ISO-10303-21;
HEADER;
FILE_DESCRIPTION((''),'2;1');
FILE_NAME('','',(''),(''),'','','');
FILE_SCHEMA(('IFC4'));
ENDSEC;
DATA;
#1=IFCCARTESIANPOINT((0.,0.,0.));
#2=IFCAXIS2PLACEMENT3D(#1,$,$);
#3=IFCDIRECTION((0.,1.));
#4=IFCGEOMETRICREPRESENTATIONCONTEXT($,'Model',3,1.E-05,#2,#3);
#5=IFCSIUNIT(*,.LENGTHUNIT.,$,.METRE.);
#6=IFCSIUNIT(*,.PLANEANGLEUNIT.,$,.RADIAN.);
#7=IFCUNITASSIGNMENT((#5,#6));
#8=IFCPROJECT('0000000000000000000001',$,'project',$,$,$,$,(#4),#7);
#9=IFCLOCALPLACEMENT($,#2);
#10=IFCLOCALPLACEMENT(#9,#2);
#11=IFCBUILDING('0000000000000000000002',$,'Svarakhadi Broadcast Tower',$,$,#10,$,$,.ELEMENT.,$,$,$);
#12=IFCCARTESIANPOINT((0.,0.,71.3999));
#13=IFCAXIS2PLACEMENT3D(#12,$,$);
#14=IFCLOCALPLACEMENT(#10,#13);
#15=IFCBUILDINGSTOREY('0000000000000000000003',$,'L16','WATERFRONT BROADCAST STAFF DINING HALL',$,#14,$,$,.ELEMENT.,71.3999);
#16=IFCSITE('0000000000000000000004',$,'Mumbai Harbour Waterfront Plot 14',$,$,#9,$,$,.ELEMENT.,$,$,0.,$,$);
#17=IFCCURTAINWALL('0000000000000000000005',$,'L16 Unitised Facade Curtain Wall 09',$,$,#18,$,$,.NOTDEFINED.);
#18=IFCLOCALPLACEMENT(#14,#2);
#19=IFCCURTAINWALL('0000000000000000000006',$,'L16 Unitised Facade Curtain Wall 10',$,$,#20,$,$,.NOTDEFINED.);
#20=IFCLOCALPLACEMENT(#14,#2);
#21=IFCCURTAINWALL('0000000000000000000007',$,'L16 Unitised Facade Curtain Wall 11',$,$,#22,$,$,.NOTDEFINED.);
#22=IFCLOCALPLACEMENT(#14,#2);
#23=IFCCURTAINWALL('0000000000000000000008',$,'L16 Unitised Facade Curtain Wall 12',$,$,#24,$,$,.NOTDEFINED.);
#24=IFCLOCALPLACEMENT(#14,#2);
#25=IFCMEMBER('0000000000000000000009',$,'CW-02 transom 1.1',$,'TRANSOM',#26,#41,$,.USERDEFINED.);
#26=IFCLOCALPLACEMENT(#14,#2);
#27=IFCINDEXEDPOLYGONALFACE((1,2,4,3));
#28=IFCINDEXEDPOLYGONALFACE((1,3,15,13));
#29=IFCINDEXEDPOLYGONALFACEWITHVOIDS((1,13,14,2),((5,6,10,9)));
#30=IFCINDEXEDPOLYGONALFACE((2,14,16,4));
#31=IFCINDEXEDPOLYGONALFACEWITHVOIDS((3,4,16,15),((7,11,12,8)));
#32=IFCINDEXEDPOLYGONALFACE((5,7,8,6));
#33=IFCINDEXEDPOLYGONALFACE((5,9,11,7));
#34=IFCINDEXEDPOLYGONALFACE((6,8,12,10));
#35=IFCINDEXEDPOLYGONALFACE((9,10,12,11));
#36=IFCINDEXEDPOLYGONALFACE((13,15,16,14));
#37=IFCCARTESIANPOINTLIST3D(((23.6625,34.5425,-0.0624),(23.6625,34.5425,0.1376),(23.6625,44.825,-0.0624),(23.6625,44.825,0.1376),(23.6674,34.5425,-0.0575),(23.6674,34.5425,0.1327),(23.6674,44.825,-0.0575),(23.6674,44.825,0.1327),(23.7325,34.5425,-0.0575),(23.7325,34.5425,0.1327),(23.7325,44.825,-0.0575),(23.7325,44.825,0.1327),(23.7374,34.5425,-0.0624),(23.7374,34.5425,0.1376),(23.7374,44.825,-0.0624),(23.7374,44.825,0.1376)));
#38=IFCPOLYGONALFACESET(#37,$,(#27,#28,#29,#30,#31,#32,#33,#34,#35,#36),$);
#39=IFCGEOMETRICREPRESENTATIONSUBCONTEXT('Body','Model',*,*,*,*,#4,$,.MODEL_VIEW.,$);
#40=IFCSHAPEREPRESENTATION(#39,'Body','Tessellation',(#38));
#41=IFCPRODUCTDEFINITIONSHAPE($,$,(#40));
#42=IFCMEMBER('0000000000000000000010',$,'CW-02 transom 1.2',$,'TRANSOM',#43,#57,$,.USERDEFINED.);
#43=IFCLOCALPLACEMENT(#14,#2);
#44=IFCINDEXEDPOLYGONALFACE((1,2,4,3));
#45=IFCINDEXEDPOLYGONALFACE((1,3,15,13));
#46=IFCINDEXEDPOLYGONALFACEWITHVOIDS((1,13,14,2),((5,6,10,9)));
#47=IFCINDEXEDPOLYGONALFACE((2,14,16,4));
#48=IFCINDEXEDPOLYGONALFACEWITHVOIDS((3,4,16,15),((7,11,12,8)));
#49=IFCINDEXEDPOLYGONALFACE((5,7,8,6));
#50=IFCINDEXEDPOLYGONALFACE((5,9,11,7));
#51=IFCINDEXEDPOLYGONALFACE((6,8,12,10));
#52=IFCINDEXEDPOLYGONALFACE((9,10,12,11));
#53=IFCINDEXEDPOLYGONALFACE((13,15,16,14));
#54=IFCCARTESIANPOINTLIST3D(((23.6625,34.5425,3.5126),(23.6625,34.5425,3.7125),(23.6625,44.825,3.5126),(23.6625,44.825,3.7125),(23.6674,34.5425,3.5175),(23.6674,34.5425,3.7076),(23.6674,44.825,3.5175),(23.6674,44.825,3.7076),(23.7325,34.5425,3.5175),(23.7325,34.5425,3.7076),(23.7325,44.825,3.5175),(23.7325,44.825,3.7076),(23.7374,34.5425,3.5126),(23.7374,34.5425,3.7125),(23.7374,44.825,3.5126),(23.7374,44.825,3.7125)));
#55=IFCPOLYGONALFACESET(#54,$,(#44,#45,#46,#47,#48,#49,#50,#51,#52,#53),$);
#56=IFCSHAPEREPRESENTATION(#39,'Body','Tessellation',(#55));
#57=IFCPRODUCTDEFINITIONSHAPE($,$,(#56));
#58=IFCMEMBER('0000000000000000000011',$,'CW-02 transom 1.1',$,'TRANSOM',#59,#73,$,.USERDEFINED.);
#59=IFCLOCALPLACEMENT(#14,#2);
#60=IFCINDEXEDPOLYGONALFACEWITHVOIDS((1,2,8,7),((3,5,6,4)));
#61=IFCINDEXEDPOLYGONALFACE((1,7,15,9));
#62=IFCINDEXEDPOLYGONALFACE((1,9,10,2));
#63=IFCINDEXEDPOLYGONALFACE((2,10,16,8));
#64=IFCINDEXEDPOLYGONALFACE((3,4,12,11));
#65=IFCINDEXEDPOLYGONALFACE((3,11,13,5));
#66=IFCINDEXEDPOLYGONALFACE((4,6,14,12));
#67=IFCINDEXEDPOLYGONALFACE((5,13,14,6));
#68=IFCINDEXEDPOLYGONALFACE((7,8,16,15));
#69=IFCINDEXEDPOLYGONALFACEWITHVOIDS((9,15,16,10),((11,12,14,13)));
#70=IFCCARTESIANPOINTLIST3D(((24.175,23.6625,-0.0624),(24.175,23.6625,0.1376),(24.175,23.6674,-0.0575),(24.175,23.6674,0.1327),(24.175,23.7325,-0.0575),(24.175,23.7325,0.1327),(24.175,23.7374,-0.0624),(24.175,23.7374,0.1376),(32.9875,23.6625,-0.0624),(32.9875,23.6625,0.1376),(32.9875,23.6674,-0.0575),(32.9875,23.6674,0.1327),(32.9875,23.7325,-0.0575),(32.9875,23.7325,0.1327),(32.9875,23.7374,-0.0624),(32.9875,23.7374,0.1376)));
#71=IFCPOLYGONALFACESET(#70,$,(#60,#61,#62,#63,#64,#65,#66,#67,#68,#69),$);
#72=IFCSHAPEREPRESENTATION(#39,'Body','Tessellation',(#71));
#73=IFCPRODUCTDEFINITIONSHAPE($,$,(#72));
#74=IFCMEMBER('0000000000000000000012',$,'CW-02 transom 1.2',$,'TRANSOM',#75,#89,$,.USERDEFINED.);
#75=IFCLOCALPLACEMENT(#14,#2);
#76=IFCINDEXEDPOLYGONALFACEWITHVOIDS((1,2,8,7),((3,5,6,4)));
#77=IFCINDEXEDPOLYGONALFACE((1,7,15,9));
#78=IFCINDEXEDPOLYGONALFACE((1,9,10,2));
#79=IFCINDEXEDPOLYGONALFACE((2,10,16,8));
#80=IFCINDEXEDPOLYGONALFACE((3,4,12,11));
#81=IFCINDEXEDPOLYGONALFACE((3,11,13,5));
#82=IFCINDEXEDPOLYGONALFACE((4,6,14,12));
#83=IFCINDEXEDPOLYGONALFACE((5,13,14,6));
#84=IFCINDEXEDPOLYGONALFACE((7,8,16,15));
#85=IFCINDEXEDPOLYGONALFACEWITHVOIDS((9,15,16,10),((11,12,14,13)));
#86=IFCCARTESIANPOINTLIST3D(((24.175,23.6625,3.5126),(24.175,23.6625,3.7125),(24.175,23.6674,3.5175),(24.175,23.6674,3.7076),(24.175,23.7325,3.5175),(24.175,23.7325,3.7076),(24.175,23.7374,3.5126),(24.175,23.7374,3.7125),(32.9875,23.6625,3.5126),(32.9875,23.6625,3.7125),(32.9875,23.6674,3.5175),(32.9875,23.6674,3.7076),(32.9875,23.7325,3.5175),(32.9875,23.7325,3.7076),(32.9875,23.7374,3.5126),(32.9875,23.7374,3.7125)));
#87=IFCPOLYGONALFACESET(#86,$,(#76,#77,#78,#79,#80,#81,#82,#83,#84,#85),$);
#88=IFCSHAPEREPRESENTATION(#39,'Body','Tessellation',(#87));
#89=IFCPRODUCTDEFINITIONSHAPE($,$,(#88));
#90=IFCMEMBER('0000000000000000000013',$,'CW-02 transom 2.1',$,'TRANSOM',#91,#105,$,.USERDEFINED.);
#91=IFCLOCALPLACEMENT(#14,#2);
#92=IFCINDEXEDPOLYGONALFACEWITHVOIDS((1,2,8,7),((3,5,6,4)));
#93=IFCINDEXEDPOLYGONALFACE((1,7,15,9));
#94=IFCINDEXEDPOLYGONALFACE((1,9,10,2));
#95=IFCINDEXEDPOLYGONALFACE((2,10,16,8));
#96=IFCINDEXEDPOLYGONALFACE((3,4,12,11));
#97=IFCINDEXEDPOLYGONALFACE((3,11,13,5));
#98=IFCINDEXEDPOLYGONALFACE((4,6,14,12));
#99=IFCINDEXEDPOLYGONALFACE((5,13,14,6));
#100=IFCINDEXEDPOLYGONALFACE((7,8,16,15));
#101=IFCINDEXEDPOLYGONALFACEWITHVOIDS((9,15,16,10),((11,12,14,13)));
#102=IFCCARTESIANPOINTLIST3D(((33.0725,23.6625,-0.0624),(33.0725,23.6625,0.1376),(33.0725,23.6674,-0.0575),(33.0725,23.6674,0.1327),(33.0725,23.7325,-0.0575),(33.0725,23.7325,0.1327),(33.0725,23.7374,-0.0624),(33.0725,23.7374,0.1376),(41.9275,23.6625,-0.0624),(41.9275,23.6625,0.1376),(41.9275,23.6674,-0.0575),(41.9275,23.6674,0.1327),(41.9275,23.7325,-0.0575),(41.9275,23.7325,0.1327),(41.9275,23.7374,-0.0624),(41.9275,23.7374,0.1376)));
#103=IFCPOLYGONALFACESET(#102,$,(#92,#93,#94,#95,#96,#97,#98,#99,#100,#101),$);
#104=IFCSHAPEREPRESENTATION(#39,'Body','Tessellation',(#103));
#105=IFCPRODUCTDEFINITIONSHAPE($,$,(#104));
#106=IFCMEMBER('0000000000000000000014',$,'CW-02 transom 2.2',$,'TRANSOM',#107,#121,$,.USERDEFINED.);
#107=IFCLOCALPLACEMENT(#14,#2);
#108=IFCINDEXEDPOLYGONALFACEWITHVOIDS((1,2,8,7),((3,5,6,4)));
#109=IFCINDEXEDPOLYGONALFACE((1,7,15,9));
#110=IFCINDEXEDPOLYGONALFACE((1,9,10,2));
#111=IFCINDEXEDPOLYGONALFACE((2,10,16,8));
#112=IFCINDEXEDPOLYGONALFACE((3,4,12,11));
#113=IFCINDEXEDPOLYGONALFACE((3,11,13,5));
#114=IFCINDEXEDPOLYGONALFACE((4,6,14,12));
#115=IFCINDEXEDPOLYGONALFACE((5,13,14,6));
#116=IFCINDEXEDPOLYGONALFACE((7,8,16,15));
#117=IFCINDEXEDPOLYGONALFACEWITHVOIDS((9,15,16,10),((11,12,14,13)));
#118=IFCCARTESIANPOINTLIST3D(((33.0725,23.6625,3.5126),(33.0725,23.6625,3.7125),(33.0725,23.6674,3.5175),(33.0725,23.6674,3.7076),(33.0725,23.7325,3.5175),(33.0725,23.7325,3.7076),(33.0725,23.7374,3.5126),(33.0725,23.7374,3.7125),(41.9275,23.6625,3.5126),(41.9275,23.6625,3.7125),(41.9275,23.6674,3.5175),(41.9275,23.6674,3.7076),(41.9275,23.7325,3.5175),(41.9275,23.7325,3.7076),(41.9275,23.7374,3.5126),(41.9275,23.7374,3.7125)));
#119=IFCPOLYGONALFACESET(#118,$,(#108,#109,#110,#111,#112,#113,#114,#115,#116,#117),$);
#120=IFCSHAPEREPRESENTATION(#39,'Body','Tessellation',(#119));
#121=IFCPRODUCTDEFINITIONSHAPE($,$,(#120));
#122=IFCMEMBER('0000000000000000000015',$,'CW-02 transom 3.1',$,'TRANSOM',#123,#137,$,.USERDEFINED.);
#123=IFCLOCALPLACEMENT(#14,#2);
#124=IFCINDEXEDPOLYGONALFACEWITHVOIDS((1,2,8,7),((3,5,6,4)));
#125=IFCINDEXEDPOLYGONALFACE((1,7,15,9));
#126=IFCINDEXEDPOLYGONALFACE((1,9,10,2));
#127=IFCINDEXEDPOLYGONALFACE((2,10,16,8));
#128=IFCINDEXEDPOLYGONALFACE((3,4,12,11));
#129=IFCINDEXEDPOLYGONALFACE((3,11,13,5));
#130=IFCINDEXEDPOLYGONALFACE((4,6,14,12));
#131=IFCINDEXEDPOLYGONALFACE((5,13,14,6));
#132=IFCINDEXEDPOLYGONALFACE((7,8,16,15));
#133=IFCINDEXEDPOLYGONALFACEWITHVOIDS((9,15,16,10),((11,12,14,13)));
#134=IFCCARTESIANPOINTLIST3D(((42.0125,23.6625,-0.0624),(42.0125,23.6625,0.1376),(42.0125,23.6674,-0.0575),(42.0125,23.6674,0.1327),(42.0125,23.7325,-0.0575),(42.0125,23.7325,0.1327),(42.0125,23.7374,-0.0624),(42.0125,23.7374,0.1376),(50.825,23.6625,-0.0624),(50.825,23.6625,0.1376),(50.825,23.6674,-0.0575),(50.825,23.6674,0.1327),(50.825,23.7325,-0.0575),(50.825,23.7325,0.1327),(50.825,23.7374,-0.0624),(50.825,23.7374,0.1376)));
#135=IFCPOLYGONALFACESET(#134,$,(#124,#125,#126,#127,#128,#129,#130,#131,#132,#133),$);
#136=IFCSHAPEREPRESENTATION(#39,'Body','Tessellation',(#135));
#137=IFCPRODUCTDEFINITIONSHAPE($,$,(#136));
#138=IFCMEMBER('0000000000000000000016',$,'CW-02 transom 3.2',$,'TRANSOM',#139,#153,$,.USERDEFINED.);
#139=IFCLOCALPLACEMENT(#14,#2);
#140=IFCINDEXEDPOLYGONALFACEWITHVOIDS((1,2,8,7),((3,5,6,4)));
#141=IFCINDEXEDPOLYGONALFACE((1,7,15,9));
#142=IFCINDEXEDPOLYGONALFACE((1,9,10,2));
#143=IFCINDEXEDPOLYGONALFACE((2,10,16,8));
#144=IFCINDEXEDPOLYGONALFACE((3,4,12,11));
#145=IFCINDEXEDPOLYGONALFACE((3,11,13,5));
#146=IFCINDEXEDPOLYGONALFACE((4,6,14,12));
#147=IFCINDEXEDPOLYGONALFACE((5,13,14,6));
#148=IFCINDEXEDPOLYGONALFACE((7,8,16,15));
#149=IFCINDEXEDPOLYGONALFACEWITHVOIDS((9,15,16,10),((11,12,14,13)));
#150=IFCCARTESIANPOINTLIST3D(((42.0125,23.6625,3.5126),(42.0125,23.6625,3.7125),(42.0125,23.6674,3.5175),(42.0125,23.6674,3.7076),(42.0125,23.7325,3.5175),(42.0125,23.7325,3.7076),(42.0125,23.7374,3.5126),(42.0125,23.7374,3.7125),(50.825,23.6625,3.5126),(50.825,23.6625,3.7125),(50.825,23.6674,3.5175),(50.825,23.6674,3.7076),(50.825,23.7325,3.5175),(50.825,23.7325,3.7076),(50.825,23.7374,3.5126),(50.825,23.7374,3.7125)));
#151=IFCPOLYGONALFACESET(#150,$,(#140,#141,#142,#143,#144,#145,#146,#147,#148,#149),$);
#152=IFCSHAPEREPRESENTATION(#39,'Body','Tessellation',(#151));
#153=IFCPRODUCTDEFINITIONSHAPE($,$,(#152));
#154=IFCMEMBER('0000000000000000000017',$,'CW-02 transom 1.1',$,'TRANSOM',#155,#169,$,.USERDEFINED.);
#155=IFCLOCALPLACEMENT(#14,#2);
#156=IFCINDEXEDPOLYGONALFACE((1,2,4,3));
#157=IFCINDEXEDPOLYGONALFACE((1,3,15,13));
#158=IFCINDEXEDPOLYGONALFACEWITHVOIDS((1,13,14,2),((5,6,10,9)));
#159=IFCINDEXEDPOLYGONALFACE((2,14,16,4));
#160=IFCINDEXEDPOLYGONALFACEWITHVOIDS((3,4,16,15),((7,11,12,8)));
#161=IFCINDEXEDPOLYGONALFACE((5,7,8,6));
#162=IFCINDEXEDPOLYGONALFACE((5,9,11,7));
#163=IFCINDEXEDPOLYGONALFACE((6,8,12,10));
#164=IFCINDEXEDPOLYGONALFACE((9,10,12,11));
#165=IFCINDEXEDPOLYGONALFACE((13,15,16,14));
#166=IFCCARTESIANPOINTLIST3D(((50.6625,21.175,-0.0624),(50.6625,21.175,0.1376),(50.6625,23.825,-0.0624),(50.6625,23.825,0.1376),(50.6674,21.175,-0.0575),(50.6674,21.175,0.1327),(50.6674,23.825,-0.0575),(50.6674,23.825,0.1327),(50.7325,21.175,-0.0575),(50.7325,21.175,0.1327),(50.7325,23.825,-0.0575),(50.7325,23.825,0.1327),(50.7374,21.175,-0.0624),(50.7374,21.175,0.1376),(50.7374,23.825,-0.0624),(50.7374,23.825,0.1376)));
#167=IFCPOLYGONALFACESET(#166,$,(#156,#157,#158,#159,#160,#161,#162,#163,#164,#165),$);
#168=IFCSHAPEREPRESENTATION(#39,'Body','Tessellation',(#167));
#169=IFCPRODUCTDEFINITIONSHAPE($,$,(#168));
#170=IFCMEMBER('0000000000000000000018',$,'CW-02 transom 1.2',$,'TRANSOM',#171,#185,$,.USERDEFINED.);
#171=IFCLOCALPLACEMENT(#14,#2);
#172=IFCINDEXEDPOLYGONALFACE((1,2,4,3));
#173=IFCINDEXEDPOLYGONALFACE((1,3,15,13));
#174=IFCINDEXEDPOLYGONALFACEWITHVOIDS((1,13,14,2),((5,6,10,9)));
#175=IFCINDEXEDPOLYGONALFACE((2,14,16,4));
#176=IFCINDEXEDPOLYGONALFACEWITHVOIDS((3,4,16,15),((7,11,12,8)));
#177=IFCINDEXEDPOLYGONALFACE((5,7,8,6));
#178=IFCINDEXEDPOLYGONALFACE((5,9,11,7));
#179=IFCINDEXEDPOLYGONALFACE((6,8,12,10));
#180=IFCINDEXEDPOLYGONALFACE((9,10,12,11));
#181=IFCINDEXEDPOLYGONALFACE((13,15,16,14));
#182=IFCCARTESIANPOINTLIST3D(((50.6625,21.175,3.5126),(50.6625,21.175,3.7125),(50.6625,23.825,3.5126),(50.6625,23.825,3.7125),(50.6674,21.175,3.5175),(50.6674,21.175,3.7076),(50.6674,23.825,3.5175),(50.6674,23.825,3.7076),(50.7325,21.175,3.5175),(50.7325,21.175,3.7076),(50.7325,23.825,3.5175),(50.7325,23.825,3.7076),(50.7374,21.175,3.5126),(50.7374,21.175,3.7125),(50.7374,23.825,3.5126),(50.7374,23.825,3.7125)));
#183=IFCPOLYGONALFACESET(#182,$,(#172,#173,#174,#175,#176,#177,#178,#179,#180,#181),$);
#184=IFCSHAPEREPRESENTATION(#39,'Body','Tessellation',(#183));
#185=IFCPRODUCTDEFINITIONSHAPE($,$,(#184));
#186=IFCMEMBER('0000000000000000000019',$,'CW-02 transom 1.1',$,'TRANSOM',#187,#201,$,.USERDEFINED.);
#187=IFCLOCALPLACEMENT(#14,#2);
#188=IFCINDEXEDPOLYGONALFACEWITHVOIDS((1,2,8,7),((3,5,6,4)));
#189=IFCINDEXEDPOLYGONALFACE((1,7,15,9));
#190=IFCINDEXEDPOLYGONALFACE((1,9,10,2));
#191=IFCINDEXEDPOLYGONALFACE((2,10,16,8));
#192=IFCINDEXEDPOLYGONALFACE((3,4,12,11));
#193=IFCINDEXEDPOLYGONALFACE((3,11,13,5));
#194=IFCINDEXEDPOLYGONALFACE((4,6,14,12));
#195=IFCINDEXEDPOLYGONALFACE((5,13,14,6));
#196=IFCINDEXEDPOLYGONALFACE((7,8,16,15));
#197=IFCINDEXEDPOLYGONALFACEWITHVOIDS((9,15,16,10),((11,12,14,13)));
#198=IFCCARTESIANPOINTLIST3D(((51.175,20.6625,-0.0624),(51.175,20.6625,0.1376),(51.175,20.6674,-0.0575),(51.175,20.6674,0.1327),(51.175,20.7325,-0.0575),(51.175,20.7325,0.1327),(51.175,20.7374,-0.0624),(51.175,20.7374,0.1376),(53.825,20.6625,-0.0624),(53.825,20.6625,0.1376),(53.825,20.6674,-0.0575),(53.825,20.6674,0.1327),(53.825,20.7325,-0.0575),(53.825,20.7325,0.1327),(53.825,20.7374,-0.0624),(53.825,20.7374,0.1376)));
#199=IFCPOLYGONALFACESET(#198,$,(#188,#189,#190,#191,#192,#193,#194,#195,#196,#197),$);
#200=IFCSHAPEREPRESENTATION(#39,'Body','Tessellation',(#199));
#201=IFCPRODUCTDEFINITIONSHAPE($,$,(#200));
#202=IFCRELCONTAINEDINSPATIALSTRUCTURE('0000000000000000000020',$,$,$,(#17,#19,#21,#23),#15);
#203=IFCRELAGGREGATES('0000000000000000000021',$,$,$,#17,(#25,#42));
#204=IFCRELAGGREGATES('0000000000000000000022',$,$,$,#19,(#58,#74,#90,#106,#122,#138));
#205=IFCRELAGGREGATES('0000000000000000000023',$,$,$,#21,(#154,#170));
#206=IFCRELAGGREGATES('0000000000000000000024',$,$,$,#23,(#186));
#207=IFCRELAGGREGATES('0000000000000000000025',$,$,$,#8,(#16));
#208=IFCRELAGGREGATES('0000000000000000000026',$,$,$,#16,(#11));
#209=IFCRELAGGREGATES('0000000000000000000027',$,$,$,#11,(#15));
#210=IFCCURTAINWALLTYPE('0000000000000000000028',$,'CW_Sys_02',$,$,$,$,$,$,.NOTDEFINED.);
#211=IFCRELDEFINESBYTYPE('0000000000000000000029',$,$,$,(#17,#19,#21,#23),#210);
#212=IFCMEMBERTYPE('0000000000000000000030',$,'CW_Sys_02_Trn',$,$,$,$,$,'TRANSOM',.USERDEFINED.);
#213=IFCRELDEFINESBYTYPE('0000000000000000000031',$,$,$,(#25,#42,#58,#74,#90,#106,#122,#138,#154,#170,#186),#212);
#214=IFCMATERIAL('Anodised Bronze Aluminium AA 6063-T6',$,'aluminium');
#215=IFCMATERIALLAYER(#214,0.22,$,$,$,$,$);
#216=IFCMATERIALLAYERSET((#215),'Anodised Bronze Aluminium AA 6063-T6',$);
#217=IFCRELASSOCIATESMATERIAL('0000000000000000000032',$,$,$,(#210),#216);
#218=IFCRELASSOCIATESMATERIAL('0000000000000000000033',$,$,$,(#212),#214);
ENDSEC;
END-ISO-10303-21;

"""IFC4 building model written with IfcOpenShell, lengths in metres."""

from ifc_helpers import new_model, si_unit, direction, frame, origin, origin_2d, place, context, subcontext, project, spatial, hollow_rectangle, extrude, material, layer, layer_set, material_profile, profile_set, type_object, element, aggregate, save


model = new_model("IFC4")

# Units and contexts
model_context = context("Model", 3, precision=1e-05, world=origin(), true_north=direction((0.0, 1.0)))
body_context = subcontext(model_context, "Body", "Model", "MODEL_VIEW")
ifc_project = project(units=[si_unit("LENGTHUNIT", "METRE"), si_unit("PLANEANGLEUNIT", "RADIAN")], contexts=[model_context])

# Site, building, storey
site_placement = place(None, origin())
site = spatial("IfcSite", under=ifc_project, at=site_placement, Name="Mumbai Harbour Waterfront Plot 14", CompositionType="ELEMENT", RefElevation=0.0)
building_placement = place(site_placement, origin())
building = spatial("IfcBuilding", under=site, at=building_placement, Name="Svarakhadi Broadcast Tower", CompositionType="ELEMENT")
storey_placement = place(building_placement, frame((0.0, 0.0, 71.3999)))
storey = spatial("IfcBuildingStorey", under=building, at=storey_placement, Name="L16", Description="WATERFRONT BROADCAST STAFF DINING HALL", CompositionType="ELEMENT", Elevation=71.3999)

# Curtain wall
ifc_material_1 = material(Name="Anodised Bronze Aluminium AA 6063-T6", Category="aluminium")
ifc_layer_1 = layer(ifc_material_1, 0.22)
ifc_layer_set_1 = layer_set([ifc_layer_1], Name="Anodised Bronze Aluminium AA 6063-T6")
curtain_wall_type = type_object("IfcCurtainWallType", Name="CW_Sys_02", PredefinedType="NOTDEFINED", material=ifc_layer_set_1)
curtain_wall_1_placement = place(storey_placement, origin())
curtain_wall_1 = element("IfcCurtainWall", 1, at=curtain_wall_1_placement, inside=storey, type_object=curtain_wall_type, Name="L16 Unitised Facade Curtain Wall 09", PredefinedType="NOTDEFINED")

# Curtain walls
curtain_wall_2_placement = place(storey_placement, origin())
curtain_wall_2 = element("IfcCurtainWall", 2, at=curtain_wall_2_placement, inside=storey, type_object=curtain_wall_type, Name="L16 Unitised Facade Curtain Wall 10", PredefinedType="NOTDEFINED")
curtain_wall_3_placement = place(storey_placement, origin())
curtain_wall_3 = element("IfcCurtainWall", 3, at=curtain_wall_3_placement, inside=storey, type_object=curtain_wall_type, Name="L16 Unitised Facade Curtain Wall 11", PredefinedType="NOTDEFINED")
curtain_wall_4_placement = place(storey_placement, origin())
curtain_wall_4 = element("IfcCurtainWall", 4, at=curtain_wall_4_placement, inside=storey, type_object=curtain_wall_type, Name="L16 Unitised Facade Curtain Wall 12", PredefinedType="NOTDEFINED")

# Members
ifc_material_profile_1 = material_profile(ifc_material_1, hollow_rectangle(XDim=0.075, YDim=0.2, WallThickness=0.0049, at=origin_2d()), Name="ALU TRANSOM 200x75x5")
ifc_profile_set_1 = profile_set([ifc_material_profile_1], Name="Anodised Bronze Aluminium AA 6063-T6")
member_type_1 = type_object("IfcMemberType", Name="CW_Sys_02_Trn", ElementType="TRANSOM", PredefinedType="USERDEFINED", material=ifc_profile_set_1)
member_1_placement = place(storey_placement, frame((23.7, 44.825, 0.0376), z_axis=(0.0, -1.0, 0.0), x_axis=(1.0, 0.0, 0.0)))
member_1 = element("IfcMember", 5, at=member_1_placement, type_object=member_type_1, Name="CW-02 transom 1.1", ObjectType="TRANSOM", PredefinedType="USERDEFINED", context=body_context, shape_type="SweptSolid", body=[
    extrude(hollow_rectangle(XDim=0.075, YDim=0.2, WallThickness=0.0049, at=origin_2d()), origin(), (0.0, 0.0, 1.0), 10.2825),
])
member_2_placement = place(storey_placement, frame((23.7, 44.825, 3.6125), z_axis=(0.0, -1.0, 0.0), x_axis=(1.0, 0.0, 0.0)))
member_2 = element("IfcMember", 6, at=member_2_placement, type_object=member_type_1, Name="CW-02 transom 1.2", ObjectType="TRANSOM", PredefinedType="USERDEFINED", context=body_context, shape_type="SweptSolid", body=[
    extrude(hollow_rectangle(XDim=0.075, YDim=0.2, WallThickness=0.0049, at=origin_2d()), origin(), (0.0, 0.0, 1.0), 10.2825),
])
member_3_placement = place(storey_placement, frame((24.175, 23.7, 0.0376), z_axis=(1.0, 0.0, 0.0), x_axis=(0.0, 1.0, 0.0)))
member_3 = element("IfcMember", 7, at=member_3_placement, type_object=member_type_1, Name="CW-02 transom 1.1", ObjectType="TRANSOM", PredefinedType="USERDEFINED", context=body_context, shape_type="SweptSolid", body=[
    extrude(hollow_rectangle(XDim=0.075, YDim=0.2, WallThickness=0.0049, at=origin_2d()), origin(), (0.0, 0.0, 1.0), 8.8125),
])
member_4_placement = place(storey_placement, frame((24.175, 23.7, 3.6125), z_axis=(1.0, 0.0, 0.0), x_axis=(0.0, 1.0, 0.0)))
member_4 = element("IfcMember", 8, at=member_4_placement, type_object=member_type_1, Name="CW-02 transom 1.2", ObjectType="TRANSOM", PredefinedType="USERDEFINED", context=body_context, shape_type="SweptSolid", body=[
    extrude(hollow_rectangle(XDim=0.075, YDim=0.2, WallThickness=0.0049, at=origin_2d()), origin(), (0.0, 0.0, 1.0), 8.8125),
])
member_5_placement = place(storey_placement, frame((33.0725, 23.7, 0.0376), z_axis=(1.0, 0.0, 0.0), x_axis=(0.0, 1.0, 0.0)))
member_5 = element("IfcMember", 9, at=member_5_placement, type_object=member_type_1, Name="CW-02 transom 2.1", ObjectType="TRANSOM", PredefinedType="USERDEFINED", context=body_context, shape_type="SweptSolid", body=[
    extrude(hollow_rectangle(XDim=0.075, YDim=0.2, WallThickness=0.0049, at=origin_2d()), origin(), (0.0, 0.0, 1.0), 8.855),
])
member_6_placement = place(storey_placement, frame((33.0725, 23.7, 3.6125), z_axis=(1.0, 0.0, 0.0), x_axis=(0.0, 1.0, 0.0)))
member_6 = element("IfcMember", 10, at=member_6_placement, type_object=member_type_1, Name="CW-02 transom 2.2", ObjectType="TRANSOM", PredefinedType="USERDEFINED", context=body_context, shape_type="SweptSolid", body=[
    extrude(hollow_rectangle(XDim=0.075, YDim=0.2, WallThickness=0.0049, at=origin_2d()), origin(), (0.0, 0.0, 1.0), 8.855),
])
member_7_placement = place(storey_placement, frame((42.0125, 23.7, 0.0376), z_axis=(1.0, 0.0, 0.0), x_axis=(0.0, 1.0, 0.0)))
member_7 = element("IfcMember", 11, at=member_7_placement, type_object=member_type_1, Name="CW-02 transom 3.1", ObjectType="TRANSOM", PredefinedType="USERDEFINED", context=body_context, shape_type="SweptSolid", body=[
    extrude(hollow_rectangle(XDim=0.075, YDim=0.2, WallThickness=0.0049, at=origin_2d()), origin(), (0.0, 0.0, 1.0), 8.8125),
])
member_8_placement = place(storey_placement, frame((42.0125, 23.7, 3.6125), z_axis=(1.0, 0.0, 0.0), x_axis=(0.0, 1.0, 0.0)))
member_8 = element("IfcMember", 12, at=member_8_placement, type_object=member_type_1, Name="CW-02 transom 3.2", ObjectType="TRANSOM", PredefinedType="USERDEFINED", context=body_context, shape_type="SweptSolid", body=[
    extrude(hollow_rectangle(XDim=0.075, YDim=0.2, WallThickness=0.0049, at=origin_2d()), origin(), (0.0, 0.0, 1.0), 8.8125),
])
member_9_placement = place(storey_placement, frame((50.7, 23.825, 0.0376), z_axis=(0.0, -1.0, 0.0), x_axis=(1.0, 0.0, 0.0)))
member_9 = element("IfcMember", 13, at=member_9_placement, type_object=member_type_1, Name="CW-02 transom 1.1", ObjectType="TRANSOM", PredefinedType="USERDEFINED", context=body_context, shape_type="SweptSolid", body=[
    extrude(hollow_rectangle(XDim=0.075, YDim=0.2, WallThickness=0.0049, at=origin_2d()), origin(), (0.0, 0.0, 1.0), 2.6499),
])
member_10_placement = place(storey_placement, frame((50.7, 23.825, 3.6125), z_axis=(0.0, -1.0, 0.0), x_axis=(1.0, 0.0, 0.0)))
member_10 = element("IfcMember", 14, at=member_10_placement, type_object=member_type_1, Name="CW-02 transom 1.2", ObjectType="TRANSOM", PredefinedType="USERDEFINED", context=body_context, shape_type="SweptSolid", body=[
    extrude(hollow_rectangle(XDim=0.075, YDim=0.2, WallThickness=0.0049, at=origin_2d()), origin(), (0.0, 0.0, 1.0), 2.6499),
])
member_11_placement = place(storey_placement, frame((51.175, 20.7, 0.0376), z_axis=(1.0, 0.0, 0.0), x_axis=(0.0, 1.0, 0.0)))
member_11 = element("IfcMember", 15, at=member_11_placement, type_object=member_type_1, Name="CW-02 transom 1.1", ObjectType="TRANSOM", PredefinedType="USERDEFINED", context=body_context, shape_type="SweptSolid", body=[
    extrude(hollow_rectangle(XDim=0.075, YDim=0.2, WallThickness=0.0049, at=origin_2d()), origin(), (0.0, 0.0, 1.0), 2.6499),
])

aggregate(curtain_wall_1, [member_1, member_2])
aggregate(curtain_wall_2, [member_3, member_4, member_5, member_6, member_7, member_8])
aggregate(curtain_wall_3, [member_9, member_10])
aggregate(curtain_wall_4, [member_11])

save(model, "model.ifc")
